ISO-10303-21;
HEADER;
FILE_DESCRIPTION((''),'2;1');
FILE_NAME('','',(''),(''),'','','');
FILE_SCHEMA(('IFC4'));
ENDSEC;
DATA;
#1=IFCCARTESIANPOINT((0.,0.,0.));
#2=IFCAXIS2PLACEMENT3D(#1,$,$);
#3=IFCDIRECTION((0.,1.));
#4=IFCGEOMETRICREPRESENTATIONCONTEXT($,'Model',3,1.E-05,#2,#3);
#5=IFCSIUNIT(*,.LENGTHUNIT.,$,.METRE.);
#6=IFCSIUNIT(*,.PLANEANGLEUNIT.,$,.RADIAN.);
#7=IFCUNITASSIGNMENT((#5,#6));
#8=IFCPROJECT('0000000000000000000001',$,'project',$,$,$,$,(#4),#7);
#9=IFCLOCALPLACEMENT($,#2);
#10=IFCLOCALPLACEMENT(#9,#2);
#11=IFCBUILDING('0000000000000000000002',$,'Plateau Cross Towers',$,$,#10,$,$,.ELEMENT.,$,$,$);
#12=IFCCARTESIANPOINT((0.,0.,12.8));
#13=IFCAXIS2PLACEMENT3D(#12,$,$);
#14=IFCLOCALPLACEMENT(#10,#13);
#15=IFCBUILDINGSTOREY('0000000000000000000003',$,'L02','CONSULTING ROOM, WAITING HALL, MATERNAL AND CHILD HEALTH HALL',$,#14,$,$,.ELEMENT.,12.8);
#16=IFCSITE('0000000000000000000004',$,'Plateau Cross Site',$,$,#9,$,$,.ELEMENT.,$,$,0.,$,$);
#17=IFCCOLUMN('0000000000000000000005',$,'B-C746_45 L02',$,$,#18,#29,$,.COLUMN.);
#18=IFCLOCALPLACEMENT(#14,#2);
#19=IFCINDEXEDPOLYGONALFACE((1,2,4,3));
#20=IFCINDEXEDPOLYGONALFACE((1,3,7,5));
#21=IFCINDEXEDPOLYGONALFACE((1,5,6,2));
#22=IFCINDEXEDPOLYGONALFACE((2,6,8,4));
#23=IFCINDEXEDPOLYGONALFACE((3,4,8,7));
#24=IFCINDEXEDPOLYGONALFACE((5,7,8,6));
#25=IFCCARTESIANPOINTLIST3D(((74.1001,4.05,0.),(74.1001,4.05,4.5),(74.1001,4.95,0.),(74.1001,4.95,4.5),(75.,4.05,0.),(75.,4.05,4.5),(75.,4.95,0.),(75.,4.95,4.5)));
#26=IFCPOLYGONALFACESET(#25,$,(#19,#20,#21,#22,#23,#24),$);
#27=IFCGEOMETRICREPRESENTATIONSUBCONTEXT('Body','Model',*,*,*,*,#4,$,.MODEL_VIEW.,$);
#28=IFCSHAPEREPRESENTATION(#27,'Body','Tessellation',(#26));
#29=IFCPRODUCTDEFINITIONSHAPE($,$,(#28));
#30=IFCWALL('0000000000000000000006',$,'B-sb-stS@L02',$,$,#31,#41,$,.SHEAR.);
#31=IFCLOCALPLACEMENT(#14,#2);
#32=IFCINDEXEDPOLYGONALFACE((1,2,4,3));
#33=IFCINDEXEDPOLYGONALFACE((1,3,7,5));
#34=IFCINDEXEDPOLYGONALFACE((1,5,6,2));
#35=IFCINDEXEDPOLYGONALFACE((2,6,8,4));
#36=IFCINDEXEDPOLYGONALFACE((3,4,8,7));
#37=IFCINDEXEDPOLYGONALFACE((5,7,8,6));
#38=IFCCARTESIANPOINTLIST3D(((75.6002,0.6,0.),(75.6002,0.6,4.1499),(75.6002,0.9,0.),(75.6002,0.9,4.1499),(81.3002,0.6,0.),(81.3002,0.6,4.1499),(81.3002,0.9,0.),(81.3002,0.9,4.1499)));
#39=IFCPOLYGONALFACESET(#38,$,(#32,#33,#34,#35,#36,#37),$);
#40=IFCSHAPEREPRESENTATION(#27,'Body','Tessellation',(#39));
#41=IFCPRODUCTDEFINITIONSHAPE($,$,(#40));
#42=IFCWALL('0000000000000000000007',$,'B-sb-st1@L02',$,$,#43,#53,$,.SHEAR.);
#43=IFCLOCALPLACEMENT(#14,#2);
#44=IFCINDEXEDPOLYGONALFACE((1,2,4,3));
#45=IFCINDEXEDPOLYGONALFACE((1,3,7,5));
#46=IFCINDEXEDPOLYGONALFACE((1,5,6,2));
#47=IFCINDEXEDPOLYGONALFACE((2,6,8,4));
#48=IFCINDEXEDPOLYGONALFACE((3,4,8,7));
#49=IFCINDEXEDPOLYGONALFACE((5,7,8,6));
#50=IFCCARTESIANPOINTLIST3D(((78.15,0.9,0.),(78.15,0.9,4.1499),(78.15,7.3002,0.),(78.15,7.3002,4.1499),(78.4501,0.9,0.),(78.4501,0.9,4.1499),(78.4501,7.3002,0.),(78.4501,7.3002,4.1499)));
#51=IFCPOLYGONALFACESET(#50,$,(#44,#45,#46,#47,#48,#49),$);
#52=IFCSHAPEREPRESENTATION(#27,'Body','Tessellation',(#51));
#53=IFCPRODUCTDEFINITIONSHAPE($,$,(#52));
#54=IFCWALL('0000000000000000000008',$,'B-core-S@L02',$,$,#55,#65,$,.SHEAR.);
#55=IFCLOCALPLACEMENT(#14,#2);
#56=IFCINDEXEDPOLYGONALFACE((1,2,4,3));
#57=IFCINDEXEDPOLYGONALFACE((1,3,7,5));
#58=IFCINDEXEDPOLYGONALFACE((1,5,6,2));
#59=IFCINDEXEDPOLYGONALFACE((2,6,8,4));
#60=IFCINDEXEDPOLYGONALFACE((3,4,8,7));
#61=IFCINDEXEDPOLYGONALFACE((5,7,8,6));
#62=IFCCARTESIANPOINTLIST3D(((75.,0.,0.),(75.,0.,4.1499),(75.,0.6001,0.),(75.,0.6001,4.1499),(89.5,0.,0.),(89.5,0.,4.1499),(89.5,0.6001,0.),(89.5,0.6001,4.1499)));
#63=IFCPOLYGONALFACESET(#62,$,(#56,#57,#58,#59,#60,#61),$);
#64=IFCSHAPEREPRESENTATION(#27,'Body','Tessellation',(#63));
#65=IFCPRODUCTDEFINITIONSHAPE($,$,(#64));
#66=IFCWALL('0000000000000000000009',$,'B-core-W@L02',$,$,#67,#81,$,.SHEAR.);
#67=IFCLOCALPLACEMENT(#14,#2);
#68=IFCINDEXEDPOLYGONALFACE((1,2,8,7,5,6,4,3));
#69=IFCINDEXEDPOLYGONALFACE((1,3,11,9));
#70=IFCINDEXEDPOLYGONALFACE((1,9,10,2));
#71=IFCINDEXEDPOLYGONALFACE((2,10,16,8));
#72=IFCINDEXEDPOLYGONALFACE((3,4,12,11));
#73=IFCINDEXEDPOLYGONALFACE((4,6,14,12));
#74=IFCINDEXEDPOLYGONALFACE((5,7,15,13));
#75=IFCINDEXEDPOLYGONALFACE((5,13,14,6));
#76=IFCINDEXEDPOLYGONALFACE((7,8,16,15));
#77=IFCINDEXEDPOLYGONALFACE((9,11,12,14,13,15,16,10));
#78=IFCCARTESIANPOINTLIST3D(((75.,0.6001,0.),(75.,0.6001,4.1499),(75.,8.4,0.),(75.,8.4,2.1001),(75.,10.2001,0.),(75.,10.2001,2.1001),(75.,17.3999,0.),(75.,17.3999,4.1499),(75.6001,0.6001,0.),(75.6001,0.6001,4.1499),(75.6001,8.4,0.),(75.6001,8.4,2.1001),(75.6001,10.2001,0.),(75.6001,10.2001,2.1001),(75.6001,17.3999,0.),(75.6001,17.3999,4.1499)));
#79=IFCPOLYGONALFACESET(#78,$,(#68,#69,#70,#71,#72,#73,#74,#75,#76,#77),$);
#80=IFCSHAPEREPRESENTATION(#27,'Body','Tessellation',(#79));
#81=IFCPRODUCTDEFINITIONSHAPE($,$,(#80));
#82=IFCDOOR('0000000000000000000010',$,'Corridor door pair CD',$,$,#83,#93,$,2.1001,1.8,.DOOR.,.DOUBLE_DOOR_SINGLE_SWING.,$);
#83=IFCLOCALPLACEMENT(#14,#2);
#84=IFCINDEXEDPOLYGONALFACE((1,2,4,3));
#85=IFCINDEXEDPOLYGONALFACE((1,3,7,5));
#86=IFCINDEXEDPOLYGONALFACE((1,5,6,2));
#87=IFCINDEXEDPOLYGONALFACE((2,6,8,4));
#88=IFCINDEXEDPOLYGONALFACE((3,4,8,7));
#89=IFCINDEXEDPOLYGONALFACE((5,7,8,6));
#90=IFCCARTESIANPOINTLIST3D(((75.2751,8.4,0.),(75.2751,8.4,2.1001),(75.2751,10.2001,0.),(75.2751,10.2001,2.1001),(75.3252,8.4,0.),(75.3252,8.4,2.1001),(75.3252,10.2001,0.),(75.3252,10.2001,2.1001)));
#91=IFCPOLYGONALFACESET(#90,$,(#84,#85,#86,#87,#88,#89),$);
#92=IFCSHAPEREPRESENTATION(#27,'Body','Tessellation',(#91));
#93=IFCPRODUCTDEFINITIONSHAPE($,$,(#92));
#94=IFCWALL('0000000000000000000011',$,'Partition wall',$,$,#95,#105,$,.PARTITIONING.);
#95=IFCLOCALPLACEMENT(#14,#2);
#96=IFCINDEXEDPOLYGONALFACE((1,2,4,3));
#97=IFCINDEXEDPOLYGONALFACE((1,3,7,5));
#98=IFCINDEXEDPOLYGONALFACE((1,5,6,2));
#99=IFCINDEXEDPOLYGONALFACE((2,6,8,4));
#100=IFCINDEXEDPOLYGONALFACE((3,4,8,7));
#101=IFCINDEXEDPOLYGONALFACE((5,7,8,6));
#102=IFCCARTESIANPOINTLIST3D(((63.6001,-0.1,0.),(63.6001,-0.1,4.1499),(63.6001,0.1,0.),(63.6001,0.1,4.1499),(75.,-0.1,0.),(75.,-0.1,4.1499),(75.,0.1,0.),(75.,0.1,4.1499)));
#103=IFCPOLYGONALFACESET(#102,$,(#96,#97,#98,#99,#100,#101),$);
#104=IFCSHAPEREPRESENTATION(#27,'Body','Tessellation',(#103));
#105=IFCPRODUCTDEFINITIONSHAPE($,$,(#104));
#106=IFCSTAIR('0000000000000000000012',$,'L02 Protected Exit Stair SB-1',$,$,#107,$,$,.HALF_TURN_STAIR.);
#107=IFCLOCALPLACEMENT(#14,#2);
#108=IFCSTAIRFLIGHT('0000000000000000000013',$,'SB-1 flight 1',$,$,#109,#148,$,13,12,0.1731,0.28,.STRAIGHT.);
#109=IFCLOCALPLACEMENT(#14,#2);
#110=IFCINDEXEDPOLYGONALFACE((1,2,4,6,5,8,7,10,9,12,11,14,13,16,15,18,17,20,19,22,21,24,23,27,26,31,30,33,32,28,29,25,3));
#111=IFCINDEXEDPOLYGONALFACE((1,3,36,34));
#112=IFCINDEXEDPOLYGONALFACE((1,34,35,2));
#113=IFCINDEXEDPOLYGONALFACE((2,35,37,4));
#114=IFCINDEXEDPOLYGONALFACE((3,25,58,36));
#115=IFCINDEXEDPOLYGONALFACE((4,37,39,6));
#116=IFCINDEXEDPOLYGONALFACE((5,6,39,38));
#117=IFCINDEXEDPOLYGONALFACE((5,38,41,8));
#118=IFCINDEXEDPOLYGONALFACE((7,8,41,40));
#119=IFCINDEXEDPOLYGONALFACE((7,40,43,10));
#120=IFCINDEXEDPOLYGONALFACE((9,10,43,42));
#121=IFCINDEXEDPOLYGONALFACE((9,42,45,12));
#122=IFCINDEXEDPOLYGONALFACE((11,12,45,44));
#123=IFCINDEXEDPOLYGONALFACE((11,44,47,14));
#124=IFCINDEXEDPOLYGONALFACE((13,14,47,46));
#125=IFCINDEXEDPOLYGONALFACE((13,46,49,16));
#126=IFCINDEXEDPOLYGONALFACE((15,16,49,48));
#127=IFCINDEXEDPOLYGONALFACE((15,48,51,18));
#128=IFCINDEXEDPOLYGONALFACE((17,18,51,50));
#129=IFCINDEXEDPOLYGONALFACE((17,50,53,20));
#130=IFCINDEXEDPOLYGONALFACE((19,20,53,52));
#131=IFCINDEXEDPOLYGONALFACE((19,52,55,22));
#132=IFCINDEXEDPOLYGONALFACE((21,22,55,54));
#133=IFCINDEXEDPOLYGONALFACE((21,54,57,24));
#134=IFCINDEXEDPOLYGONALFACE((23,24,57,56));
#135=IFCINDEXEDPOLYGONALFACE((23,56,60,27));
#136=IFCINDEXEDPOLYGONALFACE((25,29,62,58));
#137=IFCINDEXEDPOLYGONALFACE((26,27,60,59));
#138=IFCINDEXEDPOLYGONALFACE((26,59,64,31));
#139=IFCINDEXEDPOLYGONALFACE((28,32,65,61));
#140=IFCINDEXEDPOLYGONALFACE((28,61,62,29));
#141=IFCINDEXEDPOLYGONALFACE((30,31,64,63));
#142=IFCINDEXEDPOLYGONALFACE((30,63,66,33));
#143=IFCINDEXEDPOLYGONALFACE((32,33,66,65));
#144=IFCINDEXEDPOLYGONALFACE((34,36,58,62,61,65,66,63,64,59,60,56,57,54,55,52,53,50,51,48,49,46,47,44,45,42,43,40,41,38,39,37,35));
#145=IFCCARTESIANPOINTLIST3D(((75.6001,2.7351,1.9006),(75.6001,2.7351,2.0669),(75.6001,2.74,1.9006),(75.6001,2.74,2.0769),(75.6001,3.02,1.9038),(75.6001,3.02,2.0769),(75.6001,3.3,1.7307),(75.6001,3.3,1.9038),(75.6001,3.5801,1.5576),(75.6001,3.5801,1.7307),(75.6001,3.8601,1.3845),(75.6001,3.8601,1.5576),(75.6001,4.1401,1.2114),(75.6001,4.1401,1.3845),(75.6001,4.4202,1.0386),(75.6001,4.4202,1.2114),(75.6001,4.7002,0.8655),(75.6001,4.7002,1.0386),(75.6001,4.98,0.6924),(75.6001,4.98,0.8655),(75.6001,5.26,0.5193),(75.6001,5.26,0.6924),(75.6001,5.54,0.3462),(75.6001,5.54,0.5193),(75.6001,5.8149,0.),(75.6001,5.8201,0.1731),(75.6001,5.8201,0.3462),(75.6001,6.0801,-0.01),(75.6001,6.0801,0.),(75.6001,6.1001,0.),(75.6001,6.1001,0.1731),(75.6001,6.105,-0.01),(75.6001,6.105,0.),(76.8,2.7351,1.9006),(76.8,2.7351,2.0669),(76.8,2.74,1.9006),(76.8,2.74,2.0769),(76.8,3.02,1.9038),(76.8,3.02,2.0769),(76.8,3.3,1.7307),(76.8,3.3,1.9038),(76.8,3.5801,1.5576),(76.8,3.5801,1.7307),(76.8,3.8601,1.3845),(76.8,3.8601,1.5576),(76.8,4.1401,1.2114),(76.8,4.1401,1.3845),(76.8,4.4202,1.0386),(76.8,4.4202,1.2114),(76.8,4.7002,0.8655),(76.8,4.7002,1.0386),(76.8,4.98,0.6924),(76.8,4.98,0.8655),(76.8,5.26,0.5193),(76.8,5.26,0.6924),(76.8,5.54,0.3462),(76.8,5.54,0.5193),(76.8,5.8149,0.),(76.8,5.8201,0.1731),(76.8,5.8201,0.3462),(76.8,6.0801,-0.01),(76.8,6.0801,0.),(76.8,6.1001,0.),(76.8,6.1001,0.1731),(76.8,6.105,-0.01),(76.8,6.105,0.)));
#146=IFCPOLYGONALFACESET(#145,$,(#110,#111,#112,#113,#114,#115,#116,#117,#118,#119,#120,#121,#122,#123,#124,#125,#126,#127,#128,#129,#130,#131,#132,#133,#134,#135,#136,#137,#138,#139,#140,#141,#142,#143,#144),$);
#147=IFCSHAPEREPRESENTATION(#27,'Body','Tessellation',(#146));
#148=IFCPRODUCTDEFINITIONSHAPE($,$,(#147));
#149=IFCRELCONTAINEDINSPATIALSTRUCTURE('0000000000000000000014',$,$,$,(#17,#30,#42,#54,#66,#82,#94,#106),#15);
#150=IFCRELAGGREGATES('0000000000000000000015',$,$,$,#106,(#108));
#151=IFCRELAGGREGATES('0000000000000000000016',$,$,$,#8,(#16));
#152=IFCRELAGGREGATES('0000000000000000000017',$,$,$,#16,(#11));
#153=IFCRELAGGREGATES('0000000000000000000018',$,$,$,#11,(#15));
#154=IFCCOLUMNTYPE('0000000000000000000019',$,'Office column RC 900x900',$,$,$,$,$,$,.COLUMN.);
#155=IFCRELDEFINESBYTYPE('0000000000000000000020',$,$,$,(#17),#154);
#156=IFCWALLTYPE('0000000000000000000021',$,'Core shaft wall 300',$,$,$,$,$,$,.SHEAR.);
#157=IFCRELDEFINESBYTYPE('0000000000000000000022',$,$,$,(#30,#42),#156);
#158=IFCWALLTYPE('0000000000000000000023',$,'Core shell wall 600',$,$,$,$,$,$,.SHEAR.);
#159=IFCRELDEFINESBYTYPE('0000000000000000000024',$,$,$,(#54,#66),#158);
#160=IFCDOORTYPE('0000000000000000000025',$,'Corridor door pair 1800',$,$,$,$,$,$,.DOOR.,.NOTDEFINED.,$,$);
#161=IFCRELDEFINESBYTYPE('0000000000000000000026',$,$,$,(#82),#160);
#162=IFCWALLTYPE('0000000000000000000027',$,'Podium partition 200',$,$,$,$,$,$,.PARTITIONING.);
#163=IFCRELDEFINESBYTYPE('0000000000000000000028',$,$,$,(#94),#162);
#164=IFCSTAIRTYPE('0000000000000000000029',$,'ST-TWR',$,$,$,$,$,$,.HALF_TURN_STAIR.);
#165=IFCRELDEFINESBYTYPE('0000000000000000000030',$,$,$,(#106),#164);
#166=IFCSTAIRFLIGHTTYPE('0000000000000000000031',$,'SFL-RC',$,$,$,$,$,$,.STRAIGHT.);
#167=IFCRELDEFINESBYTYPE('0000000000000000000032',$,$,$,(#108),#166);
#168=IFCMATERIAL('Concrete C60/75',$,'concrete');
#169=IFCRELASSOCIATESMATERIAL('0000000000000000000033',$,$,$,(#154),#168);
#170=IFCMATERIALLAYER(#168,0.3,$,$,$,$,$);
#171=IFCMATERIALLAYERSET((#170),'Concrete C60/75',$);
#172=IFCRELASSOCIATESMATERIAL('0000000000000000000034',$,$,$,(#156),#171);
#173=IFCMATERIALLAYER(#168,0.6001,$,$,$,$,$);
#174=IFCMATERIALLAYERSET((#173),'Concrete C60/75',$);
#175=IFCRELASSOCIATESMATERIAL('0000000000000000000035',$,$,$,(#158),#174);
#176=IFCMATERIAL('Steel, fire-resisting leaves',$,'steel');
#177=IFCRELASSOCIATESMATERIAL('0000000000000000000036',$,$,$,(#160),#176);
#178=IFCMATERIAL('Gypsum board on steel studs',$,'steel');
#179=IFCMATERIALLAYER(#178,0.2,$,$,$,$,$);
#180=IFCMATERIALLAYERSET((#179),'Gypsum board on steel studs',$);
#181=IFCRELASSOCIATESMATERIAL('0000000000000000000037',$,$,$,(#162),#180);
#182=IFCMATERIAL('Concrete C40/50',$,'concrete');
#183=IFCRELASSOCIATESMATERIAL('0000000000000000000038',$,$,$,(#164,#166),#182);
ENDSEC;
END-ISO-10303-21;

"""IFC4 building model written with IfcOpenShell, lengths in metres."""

from ifc_helpers import new_model, si_unit, direction, frame, frame_2d, origin, origin_2d, place, context, subcontext, project, spatial, polyline, rectangle, outline, extrude, material, layer, layer_set, material_profile, profile_set, type_object, element, fill, aggregate, save


model = new_model("IFC4")

# Units and contexts
model_context = context("Model", 3, precision=1e-05, world=origin(), true_north=direction((0.0, 1.0)))
body_context = subcontext(model_context, "Body", "Model", "MODEL_VIEW")
ifc_project = project(units=[si_unit("LENGTHUNIT", "METRE"), si_unit("PLANEANGLEUNIT", "RADIAN")], contexts=[model_context])

# Site, building, storey
site_placement = place(None, origin())
site = spatial("IfcSite", under=ifc_project, at=site_placement, Name="Plateau Cross Site", CompositionType="ELEMENT", RefElevation=0.0)
building_placement = place(site_placement, origin())
building = spatial("IfcBuilding", under=site, at=building_placement, Name="Plateau Cross Towers", CompositionType="ELEMENT")
storey_placement = place(building_placement, frame((0.0, 0.0, 12.8)))
storey = spatial("IfcBuildingStorey", under=building, at=storey_placement, Name="L02", Description="CONSULTING ROOM, WAITING HALL, MATERNAL AND CHILD HEALTH HALL", CompositionType="ELEMENT", Elevation=12.8)

# Column
ifc_material_1 = material(Name="Concrete C60/75", Category="concrete")
ifc_material_profile = material_profile(ifc_material_1, rectangle(XDim=0.8999, YDim=0.8999, at=origin_2d()), Name="RC 900x900")
ifc_profile_set = profile_set([ifc_material_profile], Name="Concrete C60/75")
column_type = type_object("IfcColumnType", Name="Office column RC 900x900", PredefinedType="COLUMN", material=ifc_profile_set)
column_placement = place(storey_placement, frame((74.55, 4.5, 0.0), z_axis=(0.0, 0.0, 1.0), x_axis=(1.0, 0.0, 0.0)))
element("IfcColumn", 1, at=column_placement, inside=storey, type_object=column_type, Name="B-C746_45 L02", PredefinedType="COLUMN", context=body_context, shape_type="SweptSolid", body=[
    extrude(rectangle(XDim=0.8999, YDim=0.8999, at=origin_2d()), origin(), (0.0, 0.0, 1.0), 4.5),
])

# Walls
ifc_layer_1 = layer(ifc_material_1, 0.3)
ifc_layer_set_1 = layer_set([ifc_layer_1], Name="Concrete C60/75")
wall_type_1 = type_object("IfcWallType", Name="Core shaft wall 300", PredefinedType="SHEAR", material=ifc_layer_set_1)
wall_1_placement = place(storey_placement, frame((75.6001, 0.75, 0.0), z_axis=(0.0, 0.0, 1.0), x_axis=(1.0, 0.0, 0.0)))
element("IfcWall", 2, at=wall_1_placement, inside=storey, type_object=wall_type_1, Name="B-sb-stS@L02", PredefinedType="SHEAR", context=body_context, shape_type="SweptSolid", body=[
    extrude(rectangle(XDim=5.7, YDim=0.3, at=frame_2d((2.8501, 0.0))), origin(), (0.0, 0.0, 1.0), 4.1499),
])
wall_2_placement = place(storey_placement, frame((78.3, 0.8999, 0.0), z_axis=(0.0, 0.0, 1.0), x_axis=(0.0, 1.0, 0.0)))
element("IfcWall", 3, at=wall_2_placement, inside=storey, type_object=wall_type_1, Name="B-sb-st1@L02", PredefinedType="SHEAR", context=body_context, shape_type="SweptSolid", body=[
    extrude(rectangle(XDim=6.4001, YDim=0.3, at=frame_2d((3.2002, 0.0))), origin(), (0.0, 0.0, 1.0), 4.1499),
])
ifc_layer_2 = layer(ifc_material_1, 0.6001)
ifc_layer_set_2 = layer_set([ifc_layer_2], Name="Concrete C60/75")
wall_type_2 = type_object("IfcWallType", Name="Core shell wall 600", PredefinedType="SHEAR", material=ifc_layer_set_2)
wall_3_placement = place(storey_placement, frame((75.0, 0.3, 0.0), z_axis=(0.0, 0.0, 1.0), x_axis=(1.0, 0.0, 0.0)))
element("IfcWall", 4, at=wall_3_placement, inside=storey, type_object=wall_type_2, Name="B-core-S@L02", PredefinedType="SHEAR", context=body_context, shape_type="SweptSolid", body=[
    extrude(rectangle(XDim=14.5, YDim=0.6001, at=frame_2d((7.25, 0.0))), origin(), (0.0, 0.0, 1.0), 4.1499),
])

# Wall, opening, door
wall_4_placement = place(storey_placement, frame((75.3, 0.6001, 0.0), z_axis=(0.0, 0.0, 1.0), x_axis=(0.0, 1.0, 0.0)))
wall_4 = element("IfcWall", 5, at=wall_4_placement, inside=storey, type_object=wall_type_2, Name="B-core-W@L02", PredefinedType="SHEAR", context=body_context, shape_type="SweptSolid", body=[
    extrude(rectangle(XDim=16.7998, YDim=0.6001, at=frame_2d((8.3999, 0.0))), origin(), (0.0, 0.0, 1.0), 4.1499),
])
opening_placement = place(wall_4_placement, frame((7.8, 0.0, 0.0)))
opening = element("IfcOpeningElement", 6, at=opening_placement, cuts=wall_4, PredefinedType="OPENING", context=body_context, shape_type="SweptSolid", body=[
    extrude(rectangle(XDim=1.8, YDim=2.1001, at=frame_2d((0.8999, 1.05))), frame((0.0, 0.3101, 0.0), z_axis=(0.0, -1.0, 0.0), x_axis=(1.0, 0.0, 0.0)), (0.0, 0.0, 1.0), 0.6201),
])
ifc_material_2 = material(Name="Steel, fire-resisting leaves", Category="steel")
door_type = type_object("IfcDoorType", Name="Corridor door pair 1800", OperationType="NOTDEFINED", PredefinedType="DOOR", material=ifc_material_2)
door_placement = place(opening_placement, origin())
door = element("IfcDoor", 7, at=door_placement, inside=storey, type_object=door_type, Name="Corridor door pair CD", OperationType="DOUBLE_DOOR_SINGLE_SWING", OverallHeight=2.1001, OverallWidth=1.8, PredefinedType="DOOR", context=body_context, shape_type="SweptSolid", body=[
    extrude(rectangle(XDim=1.8, YDim=2.1001, at=frame_2d((0.8999, 1.05))), frame((0.0, 0.0249, 0.0), z_axis=(0.0, -1.0, 0.0), x_axis=(1.0, 0.0, 0.0)), (0.0, 0.0, 1.0), 0.05),
])
fill(opening, door)

# Wall
ifc_material_3 = material(Name="Gypsum board on steel studs", Category="steel")
ifc_layer_3 = layer(ifc_material_3, 0.2)
ifc_layer_set_3 = layer_set([ifc_layer_3], Name="Gypsum board on steel studs")
wall_type_3 = type_object("IfcWallType", Name="Podium partition 200", PredefinedType="PARTITIONING", material=ifc_layer_set_3)
wall_5_placement = place(storey_placement, frame((63.6001, 0.0, 0.0), z_axis=(0.0, 0.0, 1.0), x_axis=(1.0, 0.0, 0.0)))
element("IfcWall", 8, at=wall_5_placement, inside=storey, type_object=wall_type_3, Name="Partition wall", PredefinedType="PARTITIONING", context=body_context, shape_type="SweptSolid", body=[
    extrude(rectangle(XDim=11.3999, YDim=0.2, at=frame_2d((5.7, 0.0))), origin(), (0.0, 0.0, 1.0), 4.1499),
])

# Stair, stair flight
ifc_material_4 = material(Name="Concrete C40/50", Category="concrete")
stair_type = type_object("IfcStairType", Name="ST-TWR", PredefinedType="HALF_TURN_STAIR", material=ifc_material_4)
stair_1_placement = place(storey_placement, origin())
stair_1 = element("IfcStair", 9, at=stair_1_placement, inside=storey, type_object=stair_type, Name="L02 Protected Exit Stair SB-1", PredefinedType="HALF_TURN_STAIR")
stair_flight_type = type_object("IfcStairFlightType", Name="SFL-RC", PredefinedType="STRAIGHT", material=ifc_material_4)
stair_flight_1_placement = place(storey_placement, frame((76.2, 6.1001, 0.0), z_axis=(0.0, 0.0, 1.0), x_axis=(0.0, -1.0, 0.0)))
stair_flight_1 = element("IfcStairFlight", 10, at=stair_flight_1_placement, type_object=stair_flight_type, Name="SB-1 flight 1", NumberOfRisers=13, NumberOfTreads=12, PredefinedType="STRAIGHT", RiserHeight=0.1731, TreadLength=0.28, context=body_context, shape_type="SweptSolid", body=[
    extrude(outline(polyline([(-0.0049, -0.01), (-0.0049, 0.0), (0.0, 0.0), (0.0, 0.1731), (0.28, 0.1731), (0.28, 0.3462), (0.5601, 0.3462), (0.5601, 0.5193), (0.8401, 0.5193), (0.8401, 0.6924), (1.1201, 0.6924), (1.1201, 0.8655), (1.3999, 0.8655), (1.3999, 1.0386), (1.6799, 1.0386), (1.6799, 1.2114), (1.96, 1.2114), (1.96, 1.3845), (2.24, 1.3845), (2.24, 1.5576), (2.52, 1.5576), (2.52, 1.7307), (2.8, 1.7307), (2.8, 1.9038), (3.0801, 1.9038), (3.0801, 2.0769), (3.3601, 2.0769), (3.365, 2.0669), (3.365, 1.9006), (3.3601, 1.9006), (0.2852, 0.0), (0.02, 0.0), (0.02, -0.01), (-0.0049, -0.01)])), frame((0.0, 0.6001, 0.0), z_axis=(0.0, -1.0, 0.0), x_axis=(1.0, 0.0, 0.0)), (0.0, 0.0, 1.0), 1.2),
])
aggregate(stair_1, [stair_flight_1])

save(model, "model.ifc")
